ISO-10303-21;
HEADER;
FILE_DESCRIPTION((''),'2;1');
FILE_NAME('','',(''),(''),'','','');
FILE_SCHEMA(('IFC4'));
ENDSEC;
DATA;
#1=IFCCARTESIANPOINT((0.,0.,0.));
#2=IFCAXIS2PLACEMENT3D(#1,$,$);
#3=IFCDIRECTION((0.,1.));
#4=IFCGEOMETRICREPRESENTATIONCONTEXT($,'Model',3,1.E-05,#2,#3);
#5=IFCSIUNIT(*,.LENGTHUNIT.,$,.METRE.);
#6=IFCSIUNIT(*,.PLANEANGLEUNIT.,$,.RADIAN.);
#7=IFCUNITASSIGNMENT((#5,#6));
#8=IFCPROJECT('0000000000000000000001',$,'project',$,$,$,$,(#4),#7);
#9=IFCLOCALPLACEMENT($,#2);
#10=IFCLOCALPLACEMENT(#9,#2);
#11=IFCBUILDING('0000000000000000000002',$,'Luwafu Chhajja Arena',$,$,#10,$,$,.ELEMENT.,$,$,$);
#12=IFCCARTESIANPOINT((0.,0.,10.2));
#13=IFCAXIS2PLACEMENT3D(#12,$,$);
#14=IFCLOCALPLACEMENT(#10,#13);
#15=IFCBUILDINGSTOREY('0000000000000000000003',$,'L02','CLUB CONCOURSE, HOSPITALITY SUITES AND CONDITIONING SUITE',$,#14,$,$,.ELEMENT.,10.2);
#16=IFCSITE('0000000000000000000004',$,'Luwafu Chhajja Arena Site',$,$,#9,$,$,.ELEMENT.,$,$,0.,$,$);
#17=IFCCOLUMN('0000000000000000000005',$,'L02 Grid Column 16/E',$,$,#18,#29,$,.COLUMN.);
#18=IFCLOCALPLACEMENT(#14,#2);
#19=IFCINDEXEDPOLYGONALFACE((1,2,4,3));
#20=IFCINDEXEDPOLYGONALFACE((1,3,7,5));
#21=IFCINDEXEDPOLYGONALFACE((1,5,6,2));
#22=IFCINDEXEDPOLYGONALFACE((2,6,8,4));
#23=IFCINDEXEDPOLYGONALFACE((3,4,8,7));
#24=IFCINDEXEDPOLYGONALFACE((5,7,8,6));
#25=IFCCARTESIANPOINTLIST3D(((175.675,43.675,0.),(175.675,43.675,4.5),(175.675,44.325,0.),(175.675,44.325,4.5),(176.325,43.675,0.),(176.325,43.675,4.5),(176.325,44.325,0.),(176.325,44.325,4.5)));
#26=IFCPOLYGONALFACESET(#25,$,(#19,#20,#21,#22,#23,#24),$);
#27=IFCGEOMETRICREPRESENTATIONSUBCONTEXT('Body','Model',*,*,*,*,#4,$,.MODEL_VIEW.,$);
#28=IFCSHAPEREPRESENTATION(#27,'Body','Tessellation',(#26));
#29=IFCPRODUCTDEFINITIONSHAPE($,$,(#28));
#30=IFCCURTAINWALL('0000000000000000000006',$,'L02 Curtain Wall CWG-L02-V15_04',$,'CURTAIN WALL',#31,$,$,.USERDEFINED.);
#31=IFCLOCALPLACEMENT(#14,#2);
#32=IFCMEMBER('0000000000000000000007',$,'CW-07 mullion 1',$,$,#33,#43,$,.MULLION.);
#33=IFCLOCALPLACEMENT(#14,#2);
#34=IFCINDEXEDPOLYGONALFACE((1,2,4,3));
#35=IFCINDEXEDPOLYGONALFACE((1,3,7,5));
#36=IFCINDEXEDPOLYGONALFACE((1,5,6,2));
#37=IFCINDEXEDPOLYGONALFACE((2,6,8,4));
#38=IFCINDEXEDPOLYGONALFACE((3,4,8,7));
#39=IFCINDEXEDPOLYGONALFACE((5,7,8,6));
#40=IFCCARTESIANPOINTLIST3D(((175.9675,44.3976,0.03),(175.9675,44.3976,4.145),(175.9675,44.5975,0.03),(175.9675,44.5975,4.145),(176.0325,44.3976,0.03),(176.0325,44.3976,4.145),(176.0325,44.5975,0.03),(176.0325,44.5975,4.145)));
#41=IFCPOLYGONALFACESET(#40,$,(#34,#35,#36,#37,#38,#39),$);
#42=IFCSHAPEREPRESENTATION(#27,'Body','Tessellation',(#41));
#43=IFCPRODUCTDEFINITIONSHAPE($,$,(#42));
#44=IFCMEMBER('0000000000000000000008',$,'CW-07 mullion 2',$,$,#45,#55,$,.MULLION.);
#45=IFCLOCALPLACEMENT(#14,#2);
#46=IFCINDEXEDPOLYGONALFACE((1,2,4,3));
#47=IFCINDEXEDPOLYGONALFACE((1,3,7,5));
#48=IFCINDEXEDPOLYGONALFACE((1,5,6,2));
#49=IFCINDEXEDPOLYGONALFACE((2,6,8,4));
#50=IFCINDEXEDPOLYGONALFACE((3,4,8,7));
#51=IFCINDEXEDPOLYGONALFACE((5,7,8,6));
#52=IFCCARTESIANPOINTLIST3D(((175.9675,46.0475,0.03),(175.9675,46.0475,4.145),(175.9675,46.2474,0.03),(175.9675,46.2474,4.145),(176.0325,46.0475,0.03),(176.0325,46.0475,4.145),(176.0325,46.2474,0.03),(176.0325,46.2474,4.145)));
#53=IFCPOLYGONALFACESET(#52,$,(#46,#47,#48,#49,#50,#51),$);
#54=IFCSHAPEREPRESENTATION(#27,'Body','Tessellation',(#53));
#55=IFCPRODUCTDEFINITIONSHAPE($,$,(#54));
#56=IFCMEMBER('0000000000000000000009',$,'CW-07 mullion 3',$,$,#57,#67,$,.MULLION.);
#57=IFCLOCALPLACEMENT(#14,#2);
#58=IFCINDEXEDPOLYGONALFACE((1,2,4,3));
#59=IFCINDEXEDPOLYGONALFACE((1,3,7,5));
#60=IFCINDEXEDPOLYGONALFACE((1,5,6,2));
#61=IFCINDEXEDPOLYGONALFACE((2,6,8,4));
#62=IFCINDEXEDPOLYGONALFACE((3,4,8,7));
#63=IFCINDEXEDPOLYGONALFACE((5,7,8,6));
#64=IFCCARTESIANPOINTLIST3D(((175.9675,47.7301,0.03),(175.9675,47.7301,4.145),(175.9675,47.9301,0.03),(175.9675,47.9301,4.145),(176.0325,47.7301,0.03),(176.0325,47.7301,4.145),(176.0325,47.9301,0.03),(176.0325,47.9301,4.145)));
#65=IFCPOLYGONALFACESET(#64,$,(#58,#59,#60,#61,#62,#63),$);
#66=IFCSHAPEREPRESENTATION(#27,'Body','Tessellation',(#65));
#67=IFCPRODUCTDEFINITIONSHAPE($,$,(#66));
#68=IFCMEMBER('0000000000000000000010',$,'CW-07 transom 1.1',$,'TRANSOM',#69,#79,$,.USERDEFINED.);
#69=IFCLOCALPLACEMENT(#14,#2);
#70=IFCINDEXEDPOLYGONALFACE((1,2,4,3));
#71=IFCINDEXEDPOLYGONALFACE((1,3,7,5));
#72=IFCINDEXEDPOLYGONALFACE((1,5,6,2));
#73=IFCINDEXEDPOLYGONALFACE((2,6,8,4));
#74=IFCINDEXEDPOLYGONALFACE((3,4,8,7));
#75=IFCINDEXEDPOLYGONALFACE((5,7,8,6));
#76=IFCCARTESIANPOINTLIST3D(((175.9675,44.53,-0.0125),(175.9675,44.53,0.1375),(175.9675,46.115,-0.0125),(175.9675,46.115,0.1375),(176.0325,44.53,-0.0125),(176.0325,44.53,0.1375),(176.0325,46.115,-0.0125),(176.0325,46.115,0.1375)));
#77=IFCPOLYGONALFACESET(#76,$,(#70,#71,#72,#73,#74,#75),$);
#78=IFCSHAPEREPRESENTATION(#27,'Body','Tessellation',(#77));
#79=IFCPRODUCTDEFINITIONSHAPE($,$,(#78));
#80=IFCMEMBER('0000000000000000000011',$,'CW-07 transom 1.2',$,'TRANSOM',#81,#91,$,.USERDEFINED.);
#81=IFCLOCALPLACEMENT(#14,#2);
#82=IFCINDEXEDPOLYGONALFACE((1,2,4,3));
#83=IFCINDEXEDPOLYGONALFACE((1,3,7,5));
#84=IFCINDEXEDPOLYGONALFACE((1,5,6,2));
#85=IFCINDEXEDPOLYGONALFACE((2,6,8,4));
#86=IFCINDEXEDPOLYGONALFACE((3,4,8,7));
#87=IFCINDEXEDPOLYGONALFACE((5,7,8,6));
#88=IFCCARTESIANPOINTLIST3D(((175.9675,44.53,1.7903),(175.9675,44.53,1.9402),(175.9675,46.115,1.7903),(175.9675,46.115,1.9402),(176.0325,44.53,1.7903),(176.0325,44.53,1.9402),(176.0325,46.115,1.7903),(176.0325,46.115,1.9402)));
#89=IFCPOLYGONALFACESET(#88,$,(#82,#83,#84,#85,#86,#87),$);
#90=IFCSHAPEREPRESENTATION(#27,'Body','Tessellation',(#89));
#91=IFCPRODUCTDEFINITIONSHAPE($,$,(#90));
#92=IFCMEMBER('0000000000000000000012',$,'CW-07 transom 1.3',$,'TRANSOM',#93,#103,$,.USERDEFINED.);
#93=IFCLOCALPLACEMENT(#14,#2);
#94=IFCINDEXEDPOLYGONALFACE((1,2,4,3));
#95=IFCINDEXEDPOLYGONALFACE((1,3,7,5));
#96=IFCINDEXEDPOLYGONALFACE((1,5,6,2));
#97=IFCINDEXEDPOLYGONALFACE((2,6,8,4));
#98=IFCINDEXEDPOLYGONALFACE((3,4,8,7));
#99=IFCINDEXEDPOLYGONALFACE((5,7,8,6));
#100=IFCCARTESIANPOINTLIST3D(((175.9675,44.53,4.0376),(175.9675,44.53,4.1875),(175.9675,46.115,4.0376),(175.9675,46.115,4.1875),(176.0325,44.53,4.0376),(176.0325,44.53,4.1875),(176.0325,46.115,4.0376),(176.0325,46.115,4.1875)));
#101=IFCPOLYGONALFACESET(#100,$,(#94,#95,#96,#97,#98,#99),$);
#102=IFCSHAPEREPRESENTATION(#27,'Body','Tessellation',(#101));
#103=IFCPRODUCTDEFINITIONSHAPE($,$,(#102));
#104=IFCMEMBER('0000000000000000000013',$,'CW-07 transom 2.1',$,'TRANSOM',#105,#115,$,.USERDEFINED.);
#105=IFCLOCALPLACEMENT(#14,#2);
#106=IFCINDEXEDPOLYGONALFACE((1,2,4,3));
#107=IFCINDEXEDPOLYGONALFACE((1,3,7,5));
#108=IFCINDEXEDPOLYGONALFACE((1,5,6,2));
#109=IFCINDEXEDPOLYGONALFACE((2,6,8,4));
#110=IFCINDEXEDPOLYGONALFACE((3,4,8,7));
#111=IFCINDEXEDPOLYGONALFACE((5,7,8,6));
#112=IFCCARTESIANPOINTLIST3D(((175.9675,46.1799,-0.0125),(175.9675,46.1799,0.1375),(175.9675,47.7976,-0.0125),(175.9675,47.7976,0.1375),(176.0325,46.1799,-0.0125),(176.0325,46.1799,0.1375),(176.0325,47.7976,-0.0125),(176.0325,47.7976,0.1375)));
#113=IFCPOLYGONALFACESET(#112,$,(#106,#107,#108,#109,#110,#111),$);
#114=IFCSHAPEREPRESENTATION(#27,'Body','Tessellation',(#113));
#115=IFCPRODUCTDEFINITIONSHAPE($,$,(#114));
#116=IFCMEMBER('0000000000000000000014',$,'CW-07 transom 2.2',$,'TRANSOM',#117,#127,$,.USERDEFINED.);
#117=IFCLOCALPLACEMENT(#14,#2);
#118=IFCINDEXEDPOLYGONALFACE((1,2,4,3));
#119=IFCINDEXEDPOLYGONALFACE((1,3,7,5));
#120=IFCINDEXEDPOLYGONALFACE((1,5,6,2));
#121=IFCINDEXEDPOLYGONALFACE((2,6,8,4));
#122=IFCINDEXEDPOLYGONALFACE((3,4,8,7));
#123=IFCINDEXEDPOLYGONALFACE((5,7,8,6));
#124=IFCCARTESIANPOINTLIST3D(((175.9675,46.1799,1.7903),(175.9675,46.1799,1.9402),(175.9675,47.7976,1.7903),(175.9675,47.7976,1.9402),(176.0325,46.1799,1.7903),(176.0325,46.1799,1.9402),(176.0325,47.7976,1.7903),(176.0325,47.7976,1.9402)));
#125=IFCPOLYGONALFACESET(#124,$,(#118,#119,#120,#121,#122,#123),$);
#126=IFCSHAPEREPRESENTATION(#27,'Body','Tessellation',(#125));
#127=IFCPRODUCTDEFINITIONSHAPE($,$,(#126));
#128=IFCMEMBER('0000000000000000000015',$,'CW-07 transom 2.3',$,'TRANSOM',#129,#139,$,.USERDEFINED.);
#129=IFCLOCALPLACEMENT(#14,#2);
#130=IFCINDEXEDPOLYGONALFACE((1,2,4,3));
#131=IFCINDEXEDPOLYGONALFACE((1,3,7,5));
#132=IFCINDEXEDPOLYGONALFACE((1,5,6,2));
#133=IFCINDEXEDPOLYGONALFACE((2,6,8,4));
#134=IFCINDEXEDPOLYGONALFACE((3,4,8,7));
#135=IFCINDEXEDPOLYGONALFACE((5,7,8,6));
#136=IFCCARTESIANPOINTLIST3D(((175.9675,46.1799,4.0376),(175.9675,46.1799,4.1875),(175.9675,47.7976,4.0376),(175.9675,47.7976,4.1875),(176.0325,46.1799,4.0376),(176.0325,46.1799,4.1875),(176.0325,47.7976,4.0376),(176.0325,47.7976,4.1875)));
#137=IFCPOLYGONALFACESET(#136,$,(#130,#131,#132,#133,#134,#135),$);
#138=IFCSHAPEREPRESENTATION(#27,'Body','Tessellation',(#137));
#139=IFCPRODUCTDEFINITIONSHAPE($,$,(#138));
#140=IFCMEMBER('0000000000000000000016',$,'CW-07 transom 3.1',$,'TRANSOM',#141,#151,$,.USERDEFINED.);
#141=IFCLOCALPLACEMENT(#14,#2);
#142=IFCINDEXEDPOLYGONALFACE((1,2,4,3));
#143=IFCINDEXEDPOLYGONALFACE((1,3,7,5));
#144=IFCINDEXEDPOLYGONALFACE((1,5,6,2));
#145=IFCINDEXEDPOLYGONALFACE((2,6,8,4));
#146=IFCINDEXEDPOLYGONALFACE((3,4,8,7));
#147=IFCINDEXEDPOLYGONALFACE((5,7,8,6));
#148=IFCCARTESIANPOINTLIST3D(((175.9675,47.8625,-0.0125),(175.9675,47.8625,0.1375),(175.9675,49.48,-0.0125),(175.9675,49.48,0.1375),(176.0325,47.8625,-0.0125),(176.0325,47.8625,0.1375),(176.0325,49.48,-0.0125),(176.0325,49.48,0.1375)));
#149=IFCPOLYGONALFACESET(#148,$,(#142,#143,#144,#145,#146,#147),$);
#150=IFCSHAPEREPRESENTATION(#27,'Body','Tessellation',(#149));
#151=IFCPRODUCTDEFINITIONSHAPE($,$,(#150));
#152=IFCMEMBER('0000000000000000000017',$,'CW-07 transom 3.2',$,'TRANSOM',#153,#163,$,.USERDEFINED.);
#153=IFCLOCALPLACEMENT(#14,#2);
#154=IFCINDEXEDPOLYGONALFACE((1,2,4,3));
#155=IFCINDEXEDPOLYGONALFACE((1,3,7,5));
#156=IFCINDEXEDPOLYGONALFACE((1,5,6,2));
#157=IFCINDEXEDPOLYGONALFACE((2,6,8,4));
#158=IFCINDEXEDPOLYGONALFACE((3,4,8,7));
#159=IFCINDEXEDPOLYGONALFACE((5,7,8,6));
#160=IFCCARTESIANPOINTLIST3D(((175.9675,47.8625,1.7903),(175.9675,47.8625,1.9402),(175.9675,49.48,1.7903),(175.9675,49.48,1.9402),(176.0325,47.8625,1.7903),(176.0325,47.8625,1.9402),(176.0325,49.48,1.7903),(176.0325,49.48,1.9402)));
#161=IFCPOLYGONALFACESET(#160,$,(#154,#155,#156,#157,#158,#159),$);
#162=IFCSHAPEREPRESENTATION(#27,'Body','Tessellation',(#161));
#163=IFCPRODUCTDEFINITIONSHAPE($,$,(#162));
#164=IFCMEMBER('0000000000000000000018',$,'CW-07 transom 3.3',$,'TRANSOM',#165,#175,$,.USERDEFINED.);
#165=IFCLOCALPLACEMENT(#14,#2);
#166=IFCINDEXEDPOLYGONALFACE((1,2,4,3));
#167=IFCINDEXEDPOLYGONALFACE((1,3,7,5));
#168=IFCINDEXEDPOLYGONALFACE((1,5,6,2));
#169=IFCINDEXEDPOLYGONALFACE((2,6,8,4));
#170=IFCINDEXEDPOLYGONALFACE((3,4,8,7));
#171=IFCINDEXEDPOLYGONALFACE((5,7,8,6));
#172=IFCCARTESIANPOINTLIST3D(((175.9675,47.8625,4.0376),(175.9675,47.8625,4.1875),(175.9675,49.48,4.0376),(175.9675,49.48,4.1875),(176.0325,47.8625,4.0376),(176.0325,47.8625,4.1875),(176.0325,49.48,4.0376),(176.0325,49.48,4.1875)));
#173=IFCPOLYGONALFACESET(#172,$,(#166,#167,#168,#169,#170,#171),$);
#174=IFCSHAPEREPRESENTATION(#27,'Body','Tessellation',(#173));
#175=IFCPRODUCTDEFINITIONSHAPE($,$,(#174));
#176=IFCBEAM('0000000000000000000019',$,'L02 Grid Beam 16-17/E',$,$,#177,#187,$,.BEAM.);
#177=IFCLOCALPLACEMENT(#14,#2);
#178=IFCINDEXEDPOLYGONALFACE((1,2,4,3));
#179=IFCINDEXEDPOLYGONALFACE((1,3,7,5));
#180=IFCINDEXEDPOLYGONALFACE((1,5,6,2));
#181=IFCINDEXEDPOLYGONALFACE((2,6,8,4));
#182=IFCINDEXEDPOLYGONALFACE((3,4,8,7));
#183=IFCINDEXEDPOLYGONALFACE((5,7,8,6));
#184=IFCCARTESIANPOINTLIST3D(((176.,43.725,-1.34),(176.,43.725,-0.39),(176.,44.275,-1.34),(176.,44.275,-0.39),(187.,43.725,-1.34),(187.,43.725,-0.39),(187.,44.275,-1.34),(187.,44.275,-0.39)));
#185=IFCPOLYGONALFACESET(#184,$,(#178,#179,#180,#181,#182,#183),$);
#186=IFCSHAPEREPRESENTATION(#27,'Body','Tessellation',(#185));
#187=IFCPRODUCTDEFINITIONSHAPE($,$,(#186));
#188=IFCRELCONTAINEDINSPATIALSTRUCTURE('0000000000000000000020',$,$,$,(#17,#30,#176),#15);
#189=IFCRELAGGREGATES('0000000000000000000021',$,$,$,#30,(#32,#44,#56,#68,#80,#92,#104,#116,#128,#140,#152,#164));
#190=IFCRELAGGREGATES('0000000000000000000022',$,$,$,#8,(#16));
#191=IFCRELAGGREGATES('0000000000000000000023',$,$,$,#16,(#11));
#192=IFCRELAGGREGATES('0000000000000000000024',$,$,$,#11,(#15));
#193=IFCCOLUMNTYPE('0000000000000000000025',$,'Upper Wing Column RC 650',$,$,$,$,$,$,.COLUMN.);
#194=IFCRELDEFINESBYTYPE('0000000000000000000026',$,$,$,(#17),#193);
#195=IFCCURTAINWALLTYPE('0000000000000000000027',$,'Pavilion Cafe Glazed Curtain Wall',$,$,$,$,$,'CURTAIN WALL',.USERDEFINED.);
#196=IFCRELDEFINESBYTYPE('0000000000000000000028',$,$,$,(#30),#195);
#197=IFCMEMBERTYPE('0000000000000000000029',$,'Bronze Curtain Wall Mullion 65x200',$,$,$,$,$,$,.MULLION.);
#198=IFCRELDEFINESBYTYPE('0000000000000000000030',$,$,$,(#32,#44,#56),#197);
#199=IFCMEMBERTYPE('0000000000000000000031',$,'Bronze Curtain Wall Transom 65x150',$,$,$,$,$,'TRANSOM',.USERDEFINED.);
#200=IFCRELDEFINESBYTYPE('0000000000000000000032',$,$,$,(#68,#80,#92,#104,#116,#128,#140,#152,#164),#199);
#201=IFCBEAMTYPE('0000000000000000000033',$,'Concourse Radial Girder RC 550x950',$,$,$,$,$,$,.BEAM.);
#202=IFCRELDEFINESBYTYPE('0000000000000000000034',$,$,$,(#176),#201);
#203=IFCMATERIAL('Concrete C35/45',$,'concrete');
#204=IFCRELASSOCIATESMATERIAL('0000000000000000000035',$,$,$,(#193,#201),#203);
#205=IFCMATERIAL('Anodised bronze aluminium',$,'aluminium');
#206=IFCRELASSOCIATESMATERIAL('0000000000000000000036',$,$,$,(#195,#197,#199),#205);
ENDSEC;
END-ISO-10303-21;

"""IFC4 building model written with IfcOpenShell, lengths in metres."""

from ifc_helpers import new_model, si_unit, direction, frame, origin, origin_2d, place, context, subcontext, project, spatial, rectangle, extrude, material, material_profile, profile_set, type_object, element, aggregate, save


model = new_model("IFC4")

# Units and contexts
model_context = context("Model", 3, precision=1e-05, world=origin(), true_north=direction((0.0, 1.0)))
body_context = subcontext(model_context, "Body", "Model", "MODEL_VIEW")
ifc_project = project(units=[si_unit("LENGTHUNIT", "METRE"), si_unit("PLANEANGLEUNIT", "RADIAN")], contexts=[model_context])

# Site, building, storey
site_placement = place(None, origin())
site = spatial("IfcSite", under=ifc_project, at=site_placement, Name="Luwafu Chhajja Arena Site", CompositionType="ELEMENT", RefElevation=0.0)
building_placement = place(site_placement, origin())
building = spatial("IfcBuilding", under=site, at=building_placement, Name="Luwafu Chhajja Arena", CompositionType="ELEMENT")
storey_placement = place(building_placement, frame((0.0, 0.0, 10.2)))
storey = spatial("IfcBuildingStorey", under=building, at=storey_placement, Name="L02", Description="CLUB CONCOURSE, HOSPITALITY SUITES AND CONDITIONING SUITE", CompositionType="ELEMENT", Elevation=10.2)

# Column
ifc_material_1 = material(Name="Concrete C35/45", Category="concrete")
ifc_material_profile_1 = material_profile(ifc_material_1, rectangle(XDim=0.6499, YDim=0.6499, at=origin_2d()), Name="RC 650x650")
ifc_profile_set_1 = profile_set([ifc_material_profile_1], Name="Concrete C35/45")
column_type = type_object("IfcColumnType", Name="Upper Wing Column RC 650", PredefinedType="COLUMN", material=ifc_profile_set_1)
column_placement = place(storey_placement, frame((176.0, 44.0, 0.0), z_axis=(0.0, 0.0, 1.0), x_axis=(1.0, 0.0, 0.0)))
element("IfcColumn", 1, at=column_placement, inside=storey, type_object=column_type, Name="L02 Grid Column 16/E", PredefinedType="COLUMN", context=body_context, shape_type="SweptSolid", body=[
    extrude(rectangle(XDim=0.6499, YDim=0.6499, at=origin_2d()), origin(), (0.0, 0.0, 1.0), 4.5),
])

# Curtain wall, members
ifc_material_2 = material(Name="Anodised bronze aluminium", Category="aluminium")
curtain_wall_type = type_object("IfcCurtainWallType", Name="Pavilion Cafe Glazed Curtain Wall", ElementType="CURTAIN WALL", PredefinedType="USERDEFINED", material=ifc_material_2)
curtain_wall_placement = place(storey_placement, origin())
curtain_wall = element("IfcCurtainWall", 2, at=curtain_wall_placement, inside=storey, type_object=curtain_wall_type, Name="L02 Curtain Wall CWG-L02-V15_04", ObjectType="CURTAIN WALL", PredefinedType="USERDEFINED")
ifc_material_profile_2 = material_profile(ifc_material_2, rectangle(XDim=0.0649, YDim=0.2, at=origin_2d()), Name="CWM 65x200")
ifc_profile_set_2 = profile_set([ifc_material_profile_2], Name="Anodised bronze aluminium")
member_type_1 = type_object("IfcMemberType", Name="Bronze Curtain Wall Mullion 65x200", PredefinedType="MULLION", material=ifc_profile_set_2)
member_1_placement = place(storey_placement, frame((176.0, 44.4976, 0.03), z_axis=(0.0, 0.0, 1.0), x_axis=(-1.0, 0.0, 0.0)))
member_1 = element("IfcMember", 3, at=member_1_placement, type_object=member_type_1, Name="CW-07 mullion 1", PredefinedType="MULLION", context=body_context, shape_type="SweptSolid", body=[
    extrude(rectangle(XDim=0.0649, YDim=0.2, at=origin_2d()), origin(), (0.0, 0.0, 1.0), 4.115),
])
member_2_placement = place(storey_placement, frame((176.0, 46.1475, 0.03), z_axis=(0.0, 0.0, 1.0), x_axis=(-1.0, 0.0, 0.0)))
member_2 = element("IfcMember", 4, at=member_2_placement, type_object=member_type_1, Name="CW-07 mullion 2", PredefinedType="MULLION", context=body_context, shape_type="SweptSolid", body=[
    extrude(rectangle(XDim=0.0649, YDim=0.2, at=origin_2d()), origin(), (0.0, 0.0, 1.0), 4.115),
])
member_3_placement = place(storey_placement, frame((176.0, 47.8301, 0.03), z_axis=(0.0, 0.0, 1.0), x_axis=(-1.0, 0.0, 0.0)))
member_3 = element("IfcMember", 5, at=member_3_placement, type_object=member_type_1, Name="CW-07 mullion 3", PredefinedType="MULLION", context=body_context, shape_type="SweptSolid", body=[
    extrude(rectangle(XDim=0.0649, YDim=0.2, at=origin_2d()), origin(), (0.0, 0.0, 1.0), 4.115),
])
ifc_material_profile_3 = material_profile(ifc_material_2, rectangle(XDim=0.0649, YDim=0.1499, at=origin_2d()), Name="CWT 65x150")
ifc_profile_set_3 = profile_set([ifc_material_profile_3], Name="Anodised bronze aluminium")
member_type_2 = type_object("IfcMemberType", Name="Bronze Curtain Wall Transom 65x150", ElementType="TRANSOM", PredefinedType="USERDEFINED", material=ifc_profile_set_3)
member_4_placement = place(storey_placement, frame((176.0, 44.53, 0.0625), z_axis=(0.0, 1.0, 0.0), x_axis=(-1.0, 0.0, 0.0)))
member_4 = element("IfcMember", 6, at=member_4_placement, type_object=member_type_2, Name="CW-07 transom 1.1", ObjectType="TRANSOM", PredefinedType="USERDEFINED", context=body_context, shape_type="SweptSolid", body=[
    extrude(rectangle(XDim=0.0649, YDim=0.1499, at=origin_2d()), origin(), (0.0, 0.0, 1.0), 1.585),
])
member_5_placement = place(storey_placement, frame((176.0, 44.53, 1.8652), z_axis=(0.0, 1.0, 0.0), x_axis=(-1.0, 0.0, 0.0)))
member_5 = element("IfcMember", 7, at=member_5_placement, type_object=member_type_2, Name="CW-07 transom 1.2", ObjectType="TRANSOM", PredefinedType="USERDEFINED", context=body_context, shape_type="SweptSolid", body=[
    extrude(rectangle(XDim=0.0649, YDim=0.1499, at=origin_2d()), origin(), (0.0, 0.0, 1.0), 1.585),
])
member_6_placement = place(storey_placement, frame((176.0, 44.53, 4.1125), z_axis=(0.0, 1.0, 0.0), x_axis=(-1.0, 0.0, 0.0)))
member_6 = element("IfcMember", 8, at=member_6_placement, type_object=member_type_2, Name="CW-07 transom 1.3", ObjectType="TRANSOM", PredefinedType="USERDEFINED", context=body_context, shape_type="SweptSolid", body=[
    extrude(rectangle(XDim=0.0649, YDim=0.1499, at=origin_2d()), origin(), (0.0, 0.0, 1.0), 1.585),
])
member_7_placement = place(storey_placement, frame((176.0, 46.1799, 0.0625), z_axis=(0.0, 1.0, 0.0), x_axis=(-1.0, 0.0, 0.0)))
member_7 = element("IfcMember", 9, at=member_7_placement, type_object=member_type_2, Name="CW-07 transom 2.1", ObjectType="TRANSOM", PredefinedType="USERDEFINED", context=body_context, shape_type="SweptSolid", body=[
    extrude(rectangle(XDim=0.0649, YDim=0.1499, at=origin_2d()), origin(), (0.0, 0.0, 1.0), 1.6177),
])
member_8_placement = place(storey_placement, frame((176.0, 46.1799, 1.8652), z_axis=(0.0, 1.0, 0.0), x_axis=(-1.0, 0.0, 0.0)))
member_8 = element("IfcMember", 10, at=member_8_placement, type_object=member_type_2, Name="CW-07 transom 2.2", ObjectType="TRANSOM", PredefinedType="USERDEFINED", context=body_context, shape_type="SweptSolid", body=[
    extrude(rectangle(XDim=0.0649, YDim=0.1499, at=origin_2d()), origin(), (0.0, 0.0, 1.0), 1.6177),
])
member_9_placement = place(storey_placement, frame((176.0, 46.1799, 4.1125), z_axis=(0.0, 1.0, 0.0), x_axis=(-1.0, 0.0, 0.0)))
member_9 = element("IfcMember", 11, at=member_9_placement, type_object=member_type_2, Name="CW-07 transom 2.3", ObjectType="TRANSOM", PredefinedType="USERDEFINED", context=body_context, shape_type="SweptSolid", body=[
    extrude(rectangle(XDim=0.0649, YDim=0.1499, at=origin_2d()), origin(), (0.0, 0.0, 1.0), 1.6177),
])
member_10_placement = place(storey_placement, frame((176.0, 47.8625, 0.0625), z_axis=(0.0, 1.0, 0.0), x_axis=(-1.0, 0.0, 0.0)))
member_10 = element("IfcMember", 12, at=member_10_placement, type_object=member_type_2, Name="CW-07 transom 3.1", ObjectType="TRANSOM", PredefinedType="USERDEFINED", context=body_context, shape_type="SweptSolid", body=[
    extrude(rectangle(XDim=0.0649, YDim=0.1499, at=origin_2d()), origin(), (0.0, 0.0, 1.0), 1.6174),
])
member_11_placement = place(storey_placement, frame((176.0, 47.8625, 1.8652), z_axis=(0.0, 1.0, 0.0), x_axis=(-1.0, 0.0, 0.0)))
member_11 = element("IfcMember", 13, at=member_11_placement, type_object=member_type_2, Name="CW-07 transom 3.2", ObjectType="TRANSOM", PredefinedType="USERDEFINED", context=body_context, shape_type="SweptSolid", body=[
    extrude(rectangle(XDim=0.0649, YDim=0.1499, at=origin_2d()), origin(), (0.0, 0.0, 1.0), 1.6174),
])
member_12_placement = place(storey_placement, frame((176.0, 47.8625, 4.1125), z_axis=(0.0, 1.0, 0.0), x_axis=(-1.0, 0.0, 0.0)))
member_12 = element("IfcMember", 14, at=member_12_placement, type_object=member_type_2, Name="CW-07 transom 3.3", ObjectType="TRANSOM", PredefinedType="USERDEFINED", context=body_context, shape_type="SweptSolid", body=[
    extrude(rectangle(XDim=0.0649, YDim=0.1499, at=origin_2d()), origin(), (0.0, 0.0, 1.0), 1.6174),
])

# Beam
ifc_material_profile_4 = material_profile(ifc_material_1, rectangle(XDim=0.55, YDim=0.95, at=origin_2d()), Name="RC 550x950")
ifc_profile_set_4 = profile_set([ifc_material_profile_4], Name="Concrete C35/45")
beam_type_1 = type_object("IfcBeamType", Name="Concourse Radial Girder RC 550x950", PredefinedType="BEAM", material=ifc_profile_set_4)
beam_1_placement = place(storey_placement, frame((176.0, 44.0, -0.865), z_axis=(1.0, 0.0, 0.0), x_axis=(0.0, 1.0, 0.0)))
element("IfcBeam", 15, at=beam_1_placement, inside=storey, type_object=beam_type_1, Name="L02 Grid Beam 16-17/E", PredefinedType="BEAM", context=body_context, shape_type="SweptSolid", body=[
    extrude(rectangle(XDim=0.55, YDim=0.95, at=origin_2d()), origin(), (0.0, 0.0, 1.0), 11.0),
])

aggregate(curtain_wall, [member_1, member_2, member_3, member_4, member_5, member_6, member_7, member_8, member_9, member_10, member_11, member_12])

save(model, "model.ifc")
